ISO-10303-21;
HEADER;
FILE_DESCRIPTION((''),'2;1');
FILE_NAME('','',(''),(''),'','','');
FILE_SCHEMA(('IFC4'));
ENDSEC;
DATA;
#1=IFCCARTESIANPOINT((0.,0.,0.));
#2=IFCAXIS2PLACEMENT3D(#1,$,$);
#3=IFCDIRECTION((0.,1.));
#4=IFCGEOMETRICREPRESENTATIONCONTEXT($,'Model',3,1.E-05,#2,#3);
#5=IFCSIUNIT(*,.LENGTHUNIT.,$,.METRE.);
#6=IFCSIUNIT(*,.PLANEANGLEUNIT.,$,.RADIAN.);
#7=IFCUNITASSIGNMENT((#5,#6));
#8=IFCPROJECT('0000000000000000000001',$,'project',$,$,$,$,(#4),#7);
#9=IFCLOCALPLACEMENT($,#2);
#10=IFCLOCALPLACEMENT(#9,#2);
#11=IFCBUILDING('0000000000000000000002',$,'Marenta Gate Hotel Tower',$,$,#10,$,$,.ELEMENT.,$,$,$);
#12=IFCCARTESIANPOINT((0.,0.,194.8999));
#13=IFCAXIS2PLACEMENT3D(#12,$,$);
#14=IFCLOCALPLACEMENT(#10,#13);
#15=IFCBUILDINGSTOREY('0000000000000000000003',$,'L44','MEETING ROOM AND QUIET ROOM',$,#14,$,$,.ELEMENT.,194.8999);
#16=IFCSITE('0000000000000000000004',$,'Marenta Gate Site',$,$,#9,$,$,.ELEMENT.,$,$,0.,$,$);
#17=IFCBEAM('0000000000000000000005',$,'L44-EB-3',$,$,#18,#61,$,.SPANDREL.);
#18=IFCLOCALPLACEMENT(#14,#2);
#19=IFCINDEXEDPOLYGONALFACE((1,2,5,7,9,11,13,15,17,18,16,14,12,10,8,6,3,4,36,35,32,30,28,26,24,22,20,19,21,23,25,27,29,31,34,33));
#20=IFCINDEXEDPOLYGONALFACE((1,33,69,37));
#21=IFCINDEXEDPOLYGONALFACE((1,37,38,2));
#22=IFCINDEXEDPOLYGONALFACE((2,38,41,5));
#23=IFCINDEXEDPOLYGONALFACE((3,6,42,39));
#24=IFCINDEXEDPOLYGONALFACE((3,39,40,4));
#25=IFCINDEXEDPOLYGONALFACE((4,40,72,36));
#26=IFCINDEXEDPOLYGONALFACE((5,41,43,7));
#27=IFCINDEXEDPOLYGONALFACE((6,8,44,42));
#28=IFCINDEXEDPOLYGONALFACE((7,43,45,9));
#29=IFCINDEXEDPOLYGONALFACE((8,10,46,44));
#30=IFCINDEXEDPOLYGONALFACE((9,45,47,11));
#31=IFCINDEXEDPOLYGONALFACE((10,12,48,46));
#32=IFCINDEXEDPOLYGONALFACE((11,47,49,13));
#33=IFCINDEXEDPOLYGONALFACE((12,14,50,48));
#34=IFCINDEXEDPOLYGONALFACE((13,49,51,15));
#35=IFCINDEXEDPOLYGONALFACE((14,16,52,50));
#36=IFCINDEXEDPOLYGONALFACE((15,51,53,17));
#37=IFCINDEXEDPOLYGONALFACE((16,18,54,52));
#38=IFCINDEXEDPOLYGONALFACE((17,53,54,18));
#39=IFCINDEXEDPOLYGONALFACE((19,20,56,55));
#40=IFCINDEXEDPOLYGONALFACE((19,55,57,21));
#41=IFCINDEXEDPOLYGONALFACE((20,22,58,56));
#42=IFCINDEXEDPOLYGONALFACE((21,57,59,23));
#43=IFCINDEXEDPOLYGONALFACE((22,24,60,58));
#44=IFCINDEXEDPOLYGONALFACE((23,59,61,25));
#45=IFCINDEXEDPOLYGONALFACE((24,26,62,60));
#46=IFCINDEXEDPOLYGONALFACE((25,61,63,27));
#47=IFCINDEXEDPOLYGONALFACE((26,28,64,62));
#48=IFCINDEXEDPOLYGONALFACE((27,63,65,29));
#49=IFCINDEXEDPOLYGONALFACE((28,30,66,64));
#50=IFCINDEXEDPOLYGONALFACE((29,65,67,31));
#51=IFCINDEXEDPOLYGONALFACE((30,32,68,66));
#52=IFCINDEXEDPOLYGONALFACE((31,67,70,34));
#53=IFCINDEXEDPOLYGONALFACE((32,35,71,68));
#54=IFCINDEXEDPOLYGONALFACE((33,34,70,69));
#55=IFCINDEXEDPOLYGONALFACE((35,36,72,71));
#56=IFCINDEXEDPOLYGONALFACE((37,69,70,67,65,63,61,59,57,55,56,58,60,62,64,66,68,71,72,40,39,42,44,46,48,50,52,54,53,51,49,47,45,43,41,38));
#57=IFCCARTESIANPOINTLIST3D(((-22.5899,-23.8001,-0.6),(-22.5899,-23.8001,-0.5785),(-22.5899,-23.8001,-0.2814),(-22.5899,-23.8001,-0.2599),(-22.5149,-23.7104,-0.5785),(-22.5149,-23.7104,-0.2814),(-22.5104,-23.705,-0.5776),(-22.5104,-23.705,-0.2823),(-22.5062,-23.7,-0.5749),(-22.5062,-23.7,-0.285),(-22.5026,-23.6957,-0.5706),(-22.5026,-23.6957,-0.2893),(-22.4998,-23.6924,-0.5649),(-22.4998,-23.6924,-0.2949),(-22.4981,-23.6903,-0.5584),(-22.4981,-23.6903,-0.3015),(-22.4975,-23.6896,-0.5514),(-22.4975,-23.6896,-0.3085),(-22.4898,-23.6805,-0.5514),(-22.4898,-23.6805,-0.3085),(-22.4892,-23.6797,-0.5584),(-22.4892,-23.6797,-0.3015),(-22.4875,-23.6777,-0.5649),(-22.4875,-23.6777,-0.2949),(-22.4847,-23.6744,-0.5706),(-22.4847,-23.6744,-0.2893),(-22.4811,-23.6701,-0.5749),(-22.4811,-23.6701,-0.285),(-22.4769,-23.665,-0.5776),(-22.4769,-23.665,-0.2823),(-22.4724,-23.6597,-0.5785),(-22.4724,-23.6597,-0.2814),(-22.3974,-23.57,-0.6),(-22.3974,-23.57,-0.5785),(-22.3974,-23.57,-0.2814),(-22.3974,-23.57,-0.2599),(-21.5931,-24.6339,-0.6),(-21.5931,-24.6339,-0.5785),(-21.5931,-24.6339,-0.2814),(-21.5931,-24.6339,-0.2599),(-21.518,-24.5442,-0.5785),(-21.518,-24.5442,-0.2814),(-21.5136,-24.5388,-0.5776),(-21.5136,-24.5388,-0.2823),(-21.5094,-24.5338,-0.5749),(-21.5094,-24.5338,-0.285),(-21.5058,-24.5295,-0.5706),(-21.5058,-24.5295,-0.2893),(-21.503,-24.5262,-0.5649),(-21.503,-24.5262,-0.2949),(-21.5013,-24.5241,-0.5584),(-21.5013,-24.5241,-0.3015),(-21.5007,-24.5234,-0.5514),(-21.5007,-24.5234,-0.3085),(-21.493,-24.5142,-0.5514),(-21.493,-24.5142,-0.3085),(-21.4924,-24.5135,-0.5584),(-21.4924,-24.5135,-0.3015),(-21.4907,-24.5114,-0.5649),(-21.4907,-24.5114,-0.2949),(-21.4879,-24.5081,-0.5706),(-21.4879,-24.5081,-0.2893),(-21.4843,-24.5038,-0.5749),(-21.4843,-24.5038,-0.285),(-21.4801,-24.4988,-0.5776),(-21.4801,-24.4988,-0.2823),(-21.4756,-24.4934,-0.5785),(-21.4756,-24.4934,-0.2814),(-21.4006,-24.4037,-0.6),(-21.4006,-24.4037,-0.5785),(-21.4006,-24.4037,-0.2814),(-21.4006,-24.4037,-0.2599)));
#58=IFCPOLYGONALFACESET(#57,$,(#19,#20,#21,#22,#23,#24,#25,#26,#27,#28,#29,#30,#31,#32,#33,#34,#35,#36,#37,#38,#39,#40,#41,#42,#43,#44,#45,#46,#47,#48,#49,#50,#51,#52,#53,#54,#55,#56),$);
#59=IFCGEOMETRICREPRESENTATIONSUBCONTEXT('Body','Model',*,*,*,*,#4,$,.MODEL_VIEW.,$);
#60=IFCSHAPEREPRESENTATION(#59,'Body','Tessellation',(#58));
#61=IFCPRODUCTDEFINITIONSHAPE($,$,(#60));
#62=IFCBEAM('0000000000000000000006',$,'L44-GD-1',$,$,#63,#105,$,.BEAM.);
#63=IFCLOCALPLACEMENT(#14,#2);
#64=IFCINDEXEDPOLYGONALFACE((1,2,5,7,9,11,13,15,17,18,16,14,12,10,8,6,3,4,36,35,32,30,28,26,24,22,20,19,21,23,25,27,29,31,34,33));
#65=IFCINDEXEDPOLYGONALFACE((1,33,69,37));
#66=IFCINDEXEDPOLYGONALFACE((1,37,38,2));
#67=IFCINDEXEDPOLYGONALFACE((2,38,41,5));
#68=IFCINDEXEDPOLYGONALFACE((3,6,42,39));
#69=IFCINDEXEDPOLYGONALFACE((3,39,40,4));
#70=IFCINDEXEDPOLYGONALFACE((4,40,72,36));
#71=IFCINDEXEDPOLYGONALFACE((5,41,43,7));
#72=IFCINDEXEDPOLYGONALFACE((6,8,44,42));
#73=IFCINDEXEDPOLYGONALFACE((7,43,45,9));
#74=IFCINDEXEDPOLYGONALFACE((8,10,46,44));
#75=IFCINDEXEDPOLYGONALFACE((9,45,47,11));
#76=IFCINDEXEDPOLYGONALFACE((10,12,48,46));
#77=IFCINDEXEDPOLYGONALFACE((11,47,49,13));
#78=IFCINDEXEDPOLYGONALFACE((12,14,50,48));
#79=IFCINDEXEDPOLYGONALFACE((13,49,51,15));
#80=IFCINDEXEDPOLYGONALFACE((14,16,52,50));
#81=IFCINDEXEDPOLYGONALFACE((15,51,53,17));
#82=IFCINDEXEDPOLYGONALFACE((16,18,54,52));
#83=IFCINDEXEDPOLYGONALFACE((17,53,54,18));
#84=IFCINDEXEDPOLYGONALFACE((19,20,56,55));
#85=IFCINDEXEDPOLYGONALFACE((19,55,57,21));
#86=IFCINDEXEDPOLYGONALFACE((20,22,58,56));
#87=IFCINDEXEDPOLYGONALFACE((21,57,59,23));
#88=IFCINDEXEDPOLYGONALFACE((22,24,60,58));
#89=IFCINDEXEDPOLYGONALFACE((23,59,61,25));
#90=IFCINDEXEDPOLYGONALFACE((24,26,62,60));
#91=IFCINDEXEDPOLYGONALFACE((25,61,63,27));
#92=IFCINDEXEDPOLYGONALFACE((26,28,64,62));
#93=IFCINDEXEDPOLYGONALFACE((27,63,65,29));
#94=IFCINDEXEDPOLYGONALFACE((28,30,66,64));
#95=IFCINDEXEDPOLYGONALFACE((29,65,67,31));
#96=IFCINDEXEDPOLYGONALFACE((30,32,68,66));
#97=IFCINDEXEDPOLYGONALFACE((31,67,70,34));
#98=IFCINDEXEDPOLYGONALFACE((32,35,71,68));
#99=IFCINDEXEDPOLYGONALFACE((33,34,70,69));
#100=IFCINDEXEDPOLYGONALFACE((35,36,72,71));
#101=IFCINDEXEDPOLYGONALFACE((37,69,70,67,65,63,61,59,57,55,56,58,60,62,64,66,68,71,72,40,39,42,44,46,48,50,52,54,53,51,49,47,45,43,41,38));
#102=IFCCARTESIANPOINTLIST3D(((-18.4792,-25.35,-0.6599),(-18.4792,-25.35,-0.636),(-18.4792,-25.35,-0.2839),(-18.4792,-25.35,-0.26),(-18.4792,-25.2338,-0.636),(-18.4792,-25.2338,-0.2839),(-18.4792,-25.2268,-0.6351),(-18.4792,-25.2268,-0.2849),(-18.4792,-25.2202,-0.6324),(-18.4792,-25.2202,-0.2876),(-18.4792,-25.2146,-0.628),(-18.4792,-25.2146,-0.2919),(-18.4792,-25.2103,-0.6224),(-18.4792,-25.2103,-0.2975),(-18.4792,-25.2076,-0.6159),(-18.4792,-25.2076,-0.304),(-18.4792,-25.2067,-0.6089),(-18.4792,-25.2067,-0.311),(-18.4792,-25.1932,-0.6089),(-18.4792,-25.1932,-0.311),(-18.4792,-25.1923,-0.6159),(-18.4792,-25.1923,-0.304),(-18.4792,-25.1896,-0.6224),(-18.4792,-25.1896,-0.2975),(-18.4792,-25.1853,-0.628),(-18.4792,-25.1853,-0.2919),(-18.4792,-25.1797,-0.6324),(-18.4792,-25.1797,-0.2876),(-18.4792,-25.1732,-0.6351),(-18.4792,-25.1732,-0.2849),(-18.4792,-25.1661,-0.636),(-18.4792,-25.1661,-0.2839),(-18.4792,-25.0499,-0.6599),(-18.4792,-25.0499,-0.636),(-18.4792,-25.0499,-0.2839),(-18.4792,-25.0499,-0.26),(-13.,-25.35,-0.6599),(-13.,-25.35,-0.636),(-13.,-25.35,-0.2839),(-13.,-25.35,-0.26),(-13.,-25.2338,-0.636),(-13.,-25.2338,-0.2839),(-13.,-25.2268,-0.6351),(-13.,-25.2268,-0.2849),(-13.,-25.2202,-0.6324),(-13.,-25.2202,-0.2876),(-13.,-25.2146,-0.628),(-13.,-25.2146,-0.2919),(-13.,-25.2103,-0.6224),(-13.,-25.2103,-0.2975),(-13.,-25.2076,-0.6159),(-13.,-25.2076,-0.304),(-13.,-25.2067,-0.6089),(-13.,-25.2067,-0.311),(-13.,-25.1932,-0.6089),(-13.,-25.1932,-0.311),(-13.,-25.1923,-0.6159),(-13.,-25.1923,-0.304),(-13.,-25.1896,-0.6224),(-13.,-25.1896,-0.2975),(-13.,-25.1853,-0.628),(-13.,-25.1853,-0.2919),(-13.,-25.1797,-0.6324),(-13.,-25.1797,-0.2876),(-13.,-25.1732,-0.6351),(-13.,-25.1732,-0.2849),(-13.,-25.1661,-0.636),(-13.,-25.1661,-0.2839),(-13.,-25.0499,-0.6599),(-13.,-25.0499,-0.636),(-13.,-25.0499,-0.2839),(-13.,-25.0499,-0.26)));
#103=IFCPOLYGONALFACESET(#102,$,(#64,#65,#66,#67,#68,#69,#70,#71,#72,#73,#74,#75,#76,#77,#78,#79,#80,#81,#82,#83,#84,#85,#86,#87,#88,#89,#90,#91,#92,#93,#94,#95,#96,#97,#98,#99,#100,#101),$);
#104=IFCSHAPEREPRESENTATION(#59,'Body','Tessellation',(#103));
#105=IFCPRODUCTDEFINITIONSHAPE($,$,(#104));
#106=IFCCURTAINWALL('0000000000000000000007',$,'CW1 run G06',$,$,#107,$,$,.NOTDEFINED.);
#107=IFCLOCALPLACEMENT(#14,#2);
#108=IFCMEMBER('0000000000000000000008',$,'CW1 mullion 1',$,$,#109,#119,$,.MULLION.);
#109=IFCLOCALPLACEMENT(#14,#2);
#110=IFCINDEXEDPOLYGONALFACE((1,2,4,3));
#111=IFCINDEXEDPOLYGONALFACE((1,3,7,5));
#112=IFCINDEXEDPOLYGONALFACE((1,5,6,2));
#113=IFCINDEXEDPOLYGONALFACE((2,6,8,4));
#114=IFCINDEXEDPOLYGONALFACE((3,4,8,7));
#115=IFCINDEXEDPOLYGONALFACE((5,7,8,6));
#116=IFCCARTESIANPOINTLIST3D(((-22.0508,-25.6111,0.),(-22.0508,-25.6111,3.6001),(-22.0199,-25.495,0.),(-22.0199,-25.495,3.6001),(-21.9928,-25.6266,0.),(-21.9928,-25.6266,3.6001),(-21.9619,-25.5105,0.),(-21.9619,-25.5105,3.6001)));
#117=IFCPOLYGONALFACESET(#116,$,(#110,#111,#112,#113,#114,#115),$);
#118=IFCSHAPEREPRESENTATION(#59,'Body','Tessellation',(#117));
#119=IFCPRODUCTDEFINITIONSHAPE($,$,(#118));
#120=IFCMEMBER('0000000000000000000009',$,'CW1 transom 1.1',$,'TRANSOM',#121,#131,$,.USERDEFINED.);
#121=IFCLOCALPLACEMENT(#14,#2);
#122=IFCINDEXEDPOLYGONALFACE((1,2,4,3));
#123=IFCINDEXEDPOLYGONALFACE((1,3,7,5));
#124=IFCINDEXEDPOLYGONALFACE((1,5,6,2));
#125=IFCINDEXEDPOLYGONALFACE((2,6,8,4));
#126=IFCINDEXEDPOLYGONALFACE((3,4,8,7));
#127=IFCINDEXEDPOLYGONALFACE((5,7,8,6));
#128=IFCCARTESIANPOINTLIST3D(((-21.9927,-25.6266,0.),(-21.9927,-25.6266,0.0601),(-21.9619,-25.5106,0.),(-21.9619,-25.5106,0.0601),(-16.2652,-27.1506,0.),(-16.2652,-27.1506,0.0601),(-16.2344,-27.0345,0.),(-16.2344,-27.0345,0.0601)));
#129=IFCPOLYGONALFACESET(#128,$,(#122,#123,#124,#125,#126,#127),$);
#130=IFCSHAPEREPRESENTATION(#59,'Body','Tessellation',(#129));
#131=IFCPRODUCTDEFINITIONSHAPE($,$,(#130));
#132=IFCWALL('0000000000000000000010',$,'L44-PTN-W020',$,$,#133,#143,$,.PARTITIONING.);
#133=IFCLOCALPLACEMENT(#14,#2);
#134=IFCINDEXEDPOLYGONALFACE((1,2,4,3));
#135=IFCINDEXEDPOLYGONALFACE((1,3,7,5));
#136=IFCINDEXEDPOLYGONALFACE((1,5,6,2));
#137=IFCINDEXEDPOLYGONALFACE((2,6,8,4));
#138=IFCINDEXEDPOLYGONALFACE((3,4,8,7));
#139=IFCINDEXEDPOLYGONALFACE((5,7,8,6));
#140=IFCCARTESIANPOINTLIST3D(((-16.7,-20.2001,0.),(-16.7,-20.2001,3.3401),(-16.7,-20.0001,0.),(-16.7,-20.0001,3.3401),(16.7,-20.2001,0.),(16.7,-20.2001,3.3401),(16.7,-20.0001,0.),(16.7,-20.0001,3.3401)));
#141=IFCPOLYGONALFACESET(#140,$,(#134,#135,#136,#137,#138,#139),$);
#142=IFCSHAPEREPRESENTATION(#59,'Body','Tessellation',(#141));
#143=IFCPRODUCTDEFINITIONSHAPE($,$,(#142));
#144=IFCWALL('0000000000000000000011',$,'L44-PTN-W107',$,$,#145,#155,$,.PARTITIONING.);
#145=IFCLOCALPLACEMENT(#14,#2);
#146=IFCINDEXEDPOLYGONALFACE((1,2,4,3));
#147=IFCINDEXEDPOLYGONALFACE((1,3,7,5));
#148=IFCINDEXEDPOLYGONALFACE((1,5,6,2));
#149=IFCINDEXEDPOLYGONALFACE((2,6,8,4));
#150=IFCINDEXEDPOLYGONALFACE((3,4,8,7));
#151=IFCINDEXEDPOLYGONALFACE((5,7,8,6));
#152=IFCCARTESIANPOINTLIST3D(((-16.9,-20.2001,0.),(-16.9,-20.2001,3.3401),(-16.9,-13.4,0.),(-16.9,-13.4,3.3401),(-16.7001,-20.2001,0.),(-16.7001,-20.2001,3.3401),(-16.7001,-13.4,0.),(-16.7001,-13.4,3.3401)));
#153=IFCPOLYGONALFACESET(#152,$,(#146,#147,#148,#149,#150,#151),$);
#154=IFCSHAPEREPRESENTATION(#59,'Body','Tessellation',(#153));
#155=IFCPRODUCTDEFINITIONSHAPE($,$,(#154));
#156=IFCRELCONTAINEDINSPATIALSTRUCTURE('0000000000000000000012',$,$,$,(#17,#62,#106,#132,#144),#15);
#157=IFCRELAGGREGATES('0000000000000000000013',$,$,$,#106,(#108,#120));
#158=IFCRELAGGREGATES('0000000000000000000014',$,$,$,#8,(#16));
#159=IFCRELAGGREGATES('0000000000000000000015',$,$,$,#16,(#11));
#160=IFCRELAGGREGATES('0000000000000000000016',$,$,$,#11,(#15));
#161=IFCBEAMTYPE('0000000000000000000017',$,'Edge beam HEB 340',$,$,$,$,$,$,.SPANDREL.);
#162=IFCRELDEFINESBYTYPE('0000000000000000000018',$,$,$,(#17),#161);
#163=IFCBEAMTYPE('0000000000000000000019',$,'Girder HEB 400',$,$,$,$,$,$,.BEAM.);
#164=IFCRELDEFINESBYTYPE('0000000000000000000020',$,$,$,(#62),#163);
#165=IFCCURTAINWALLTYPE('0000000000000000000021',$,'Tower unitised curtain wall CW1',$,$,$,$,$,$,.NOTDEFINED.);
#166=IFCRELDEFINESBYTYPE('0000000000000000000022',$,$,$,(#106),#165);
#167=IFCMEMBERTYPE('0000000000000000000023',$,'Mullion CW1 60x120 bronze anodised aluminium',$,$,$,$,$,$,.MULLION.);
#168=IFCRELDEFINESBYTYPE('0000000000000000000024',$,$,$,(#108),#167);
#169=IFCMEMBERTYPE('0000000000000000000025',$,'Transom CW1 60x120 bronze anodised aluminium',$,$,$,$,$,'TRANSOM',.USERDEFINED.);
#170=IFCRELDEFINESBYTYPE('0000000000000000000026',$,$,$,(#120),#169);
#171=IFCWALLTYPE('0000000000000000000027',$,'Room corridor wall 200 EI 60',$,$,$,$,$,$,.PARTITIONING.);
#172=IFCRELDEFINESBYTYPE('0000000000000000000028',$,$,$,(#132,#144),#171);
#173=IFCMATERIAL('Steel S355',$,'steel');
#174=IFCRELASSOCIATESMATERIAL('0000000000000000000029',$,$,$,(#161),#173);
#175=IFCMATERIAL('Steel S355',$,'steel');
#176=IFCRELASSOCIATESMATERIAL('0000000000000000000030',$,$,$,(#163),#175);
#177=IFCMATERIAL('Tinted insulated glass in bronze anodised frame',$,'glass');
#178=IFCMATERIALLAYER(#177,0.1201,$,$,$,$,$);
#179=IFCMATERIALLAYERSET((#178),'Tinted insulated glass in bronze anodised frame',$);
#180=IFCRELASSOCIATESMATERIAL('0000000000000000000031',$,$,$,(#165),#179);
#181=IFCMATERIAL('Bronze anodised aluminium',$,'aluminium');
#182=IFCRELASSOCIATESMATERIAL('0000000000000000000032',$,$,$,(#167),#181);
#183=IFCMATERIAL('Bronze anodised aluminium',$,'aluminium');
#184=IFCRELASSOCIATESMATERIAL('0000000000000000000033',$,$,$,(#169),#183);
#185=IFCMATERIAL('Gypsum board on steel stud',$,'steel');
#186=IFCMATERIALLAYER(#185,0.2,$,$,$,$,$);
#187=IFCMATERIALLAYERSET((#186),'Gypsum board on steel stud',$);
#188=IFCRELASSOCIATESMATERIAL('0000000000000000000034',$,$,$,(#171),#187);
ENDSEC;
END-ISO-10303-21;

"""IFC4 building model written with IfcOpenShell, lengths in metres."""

from ifc_helpers import new_model, si_unit, direction, frame, frame_2d, origin, origin_2d, place, context, subcontext, project, spatial, rectangle, i_section, extrude, material, layer, layer_set, material_profile, profile_set, type_object, element, aggregate, save


model = new_model("IFC4")

# Units and contexts
model_context = context("Model", 3, precision=1e-05, world=origin(), true_north=direction((0.0, 1.0)))
body_context = subcontext(model_context, "Body", "Model", "MODEL_VIEW")
ifc_project = project(units=[si_unit("LENGTHUNIT", "METRE"), si_unit("PLANEANGLEUNIT", "RADIAN")], contexts=[model_context])

# Site, building, storey
site_placement = place(None, origin())
site = spatial("IfcSite", under=ifc_project, at=site_placement, Name="Marenta Gate Site", CompositionType="ELEMENT", RefElevation=0.0)
building_placement = place(site_placement, origin())
building = spatial("IfcBuilding", under=site, at=building_placement, Name="Marenta Gate Hotel Tower", CompositionType="ELEMENT")
storey_placement = place(building_placement, frame((0.0, 0.0, 194.8999)))
storey = spatial("IfcBuildingStorey", under=building, at=storey_placement, Name="L44", Description="MEETING ROOM AND QUIET ROOM", CompositionType="ELEMENT", Elevation=194.8999)

# Beams
ifc_material_1 = material(Name="Steel S355", Category="steel")
ifc_material_profile_1 = material_profile(ifc_material_1, i_section(OverallWidth=0.3, OverallDepth=0.3401, WebThickness=0.012, FlangeThickness=0.0215, FilletRadius=0.0271, at=origin_2d()), Name="HEB 340")
ifc_profile_set_1 = profile_set([ifc_material_profile_1], Name="Steel S355")
beam_type_1 = type_object("IfcBeamType", Name="Edge beam HEB 340", PredefinedType="SPANDREL", material=ifc_profile_set_1)
beam_1_placement = place(storey_placement, frame((-21.4968, -24.5188, -0.4299), z_axis=(-0.767065, 0.641569, 0.0), x_axis=(-0.641569, -0.767065, 0.0)))
element("IfcBeam", 1, at=beam_1_placement, inside=storey, type_object=beam_type_1, Name="L44-EB-3", PredefinedType="SPANDREL", context=body_context, shape_type="SweptSolid", body=[
    extrude(i_section(OverallWidth=0.3, OverallDepth=0.3401, WebThickness=0.012, FlangeThickness=0.0215, FilletRadius=0.0271, at=origin_2d()), origin(), (0.0, 0.0, 1.0), 1.2996),
])
ifc_material_2 = material(Name="Steel S355", Category="steel")
ifc_material_profile_2 = material_profile(ifc_material_2, i_section(OverallWidth=0.3, OverallDepth=0.3999, WebThickness=0.0134, FlangeThickness=0.0239, FilletRadius=0.0271, at=origin_2d()), Name="HEB 400")
ifc_profile_set_2 = profile_set([ifc_material_profile_2], Name="Steel S355")
beam_type_2 = type_object("IfcBeamType", Name="Girder HEB 400", PredefinedType="BEAM", material=ifc_profile_set_2)
beam_2_placement = place(storey_placement, frame((-18.4792, -25.2, -0.46), z_axis=(1.0, 0.0, 0.0), x_axis=(0.0, 1.0, 0.0)))
element("IfcBeam", 2, at=beam_2_placement, inside=storey, type_object=beam_type_2, Name="L44-GD-1", PredefinedType="BEAM", context=body_context, shape_type="SweptSolid", body=[
    extrude(i_section(OverallWidth=0.3, OverallDepth=0.3999, WebThickness=0.0134, FlangeThickness=0.0239, FilletRadius=0.0271, at=origin_2d()), origin(), (0.0, 0.0, 1.0), 5.4792),
])

# Curtain wall, members
ifc_material_3 = material(Name="Tinted insulated glass in bronze anodised frame", Category="glass")
ifc_layer_1 = layer(ifc_material_3, 0.1201)
ifc_layer_set_1 = layer_set([ifc_layer_1], Name="Tinted insulated glass in bronze anodised frame")
curtain_wall_type = type_object("IfcCurtainWallType", Name="Tower unitised curtain wall CW1", PredefinedType="NOTDEFINED", material=ifc_layer_set_1)
curtain_wall_placement = place(storey_placement, origin())
curtain_wall = element("IfcCurtainWall", 3, at=curtain_wall_placement, inside=storey, type_object=curtain_wall_type, Name="CW1 run G06", PredefinedType="NOTDEFINED")
ifc_material_4 = material(Name="Bronze anodised aluminium", Category="aluminium")
ifc_material_profile_3 = material_profile(ifc_material_4, rectangle(XDim=0.1201, YDim=0.0601, at=origin_2d()), Name="Mullion CW1 60x120 bronze anodised aluminium")
ifc_profile_set_3 = profile_set([ifc_material_profile_3], Name="Bronze anodised aluminium")
member_type_1 = type_object("IfcMemberType", Name="Mullion CW1 60x120 bronze anodised aluminium", PredefinedType="MULLION", material=ifc_profile_set_3)
member_1_placement = place(storey_placement, frame((-22.0063, -25.5608, 0.0), z_axis=(0.0, 0.0, 1.0), x_axis=(0.257139, 0.966374, 0.0)))
member_1 = element("IfcMember", 4, at=member_1_placement, type_object=member_type_1, Name="CW1 mullion 1", PredefinedType="MULLION", context=body_context, shape_type="SweptSolid", body=[
    extrude(rectangle(XDim=0.1201, YDim=0.0601, at=origin_2d()), origin(), (0.0, 0.0, 1.0), 3.6001),
])
ifc_material_5 = material(Name="Bronze anodised aluminium", Category="aluminium")
ifc_material_profile_4 = material_profile(ifc_material_5, rectangle(XDim=0.1201, YDim=0.0601, at=origin_2d()), Name="Transom CW1 60x120 bronze anodised aluminium")
ifc_profile_set_4 = profile_set([ifc_material_profile_4], Name="Bronze anodised aluminium")
member_type_2 = type_object("IfcMemberType", Name="Transom CW1 60x120 bronze anodised aluminium", ElementType="TRANSOM", PredefinedType="USERDEFINED", material=ifc_profile_set_4)
member_2_placement = place(storey_placement, frame((-21.9773, -25.5686, 0.03), z_axis=(0.966378, -0.257124, 0.0), x_axis=(0.257124, 0.966378, 0.0)))
member_2 = element("IfcMember", 5, at=member_2_placement, type_object=member_type_2, Name="CW1 transom 1.1", ObjectType="TRANSOM", PredefinedType="USERDEFINED", context=body_context, shape_type="SweptSolid", body=[
    extrude(rectangle(XDim=0.1201, YDim=0.0601, at=origin_2d()), origin(), (0.0, 0.0, 1.0), 5.9268),
])
aggregate(curtain_wall, [member_1, member_2])

# Shared definitions
ifc_material_6 = material(Name="Gypsum board on steel stud", Category="steel")
ifc_layer_2 = layer(ifc_material_6, 0.2)
ifc_layer_set_2 = layer_set([ifc_layer_2], Name="Gypsum board on steel stud")
wall_type = type_object("IfcWallType", Name="Room corridor wall 200 EI 60", PredefinedType="PARTITIONING", material=ifc_layer_set_2)

# Walls
wall_1_placement = place(storey_placement, frame((-16.7, -20.1001, 0.0), z_axis=(0.0, 0.0, 1.0), x_axis=(1.0, 0.0, 0.0)))
element("IfcWall", 6, at=wall_1_placement, inside=storey, type_object=wall_type, Name="L44-PTN-W020", PredefinedType="PARTITIONING", context=body_context, shape_type="SweptSolid", body=[
    extrude(rectangle(XDim=33.3999, YDim=0.2, at=frame_2d((16.7, 0.0))), origin(), (0.0, 0.0, 1.0), 3.3401),
])
wall_2_placement = place(storey_placement, frame((-16.8, -20.2, 0.0), z_axis=(0.0, 0.0, 1.0), x_axis=(0.0, 1.0, 0.0)))
element("IfcWall", 7, at=wall_2_placement, inside=storey, type_object=wall_type, Name="L44-PTN-W107", PredefinedType="PARTITIONING", context=body_context, shape_type="SweptSolid", body=[
    extrude(rectangle(XDim=6.8, YDim=0.2, at=frame_2d((3.3999, 0.0))), origin(), (0.0, 0.0, 1.0), 3.3401),
])

save(model, "model.ifc")
